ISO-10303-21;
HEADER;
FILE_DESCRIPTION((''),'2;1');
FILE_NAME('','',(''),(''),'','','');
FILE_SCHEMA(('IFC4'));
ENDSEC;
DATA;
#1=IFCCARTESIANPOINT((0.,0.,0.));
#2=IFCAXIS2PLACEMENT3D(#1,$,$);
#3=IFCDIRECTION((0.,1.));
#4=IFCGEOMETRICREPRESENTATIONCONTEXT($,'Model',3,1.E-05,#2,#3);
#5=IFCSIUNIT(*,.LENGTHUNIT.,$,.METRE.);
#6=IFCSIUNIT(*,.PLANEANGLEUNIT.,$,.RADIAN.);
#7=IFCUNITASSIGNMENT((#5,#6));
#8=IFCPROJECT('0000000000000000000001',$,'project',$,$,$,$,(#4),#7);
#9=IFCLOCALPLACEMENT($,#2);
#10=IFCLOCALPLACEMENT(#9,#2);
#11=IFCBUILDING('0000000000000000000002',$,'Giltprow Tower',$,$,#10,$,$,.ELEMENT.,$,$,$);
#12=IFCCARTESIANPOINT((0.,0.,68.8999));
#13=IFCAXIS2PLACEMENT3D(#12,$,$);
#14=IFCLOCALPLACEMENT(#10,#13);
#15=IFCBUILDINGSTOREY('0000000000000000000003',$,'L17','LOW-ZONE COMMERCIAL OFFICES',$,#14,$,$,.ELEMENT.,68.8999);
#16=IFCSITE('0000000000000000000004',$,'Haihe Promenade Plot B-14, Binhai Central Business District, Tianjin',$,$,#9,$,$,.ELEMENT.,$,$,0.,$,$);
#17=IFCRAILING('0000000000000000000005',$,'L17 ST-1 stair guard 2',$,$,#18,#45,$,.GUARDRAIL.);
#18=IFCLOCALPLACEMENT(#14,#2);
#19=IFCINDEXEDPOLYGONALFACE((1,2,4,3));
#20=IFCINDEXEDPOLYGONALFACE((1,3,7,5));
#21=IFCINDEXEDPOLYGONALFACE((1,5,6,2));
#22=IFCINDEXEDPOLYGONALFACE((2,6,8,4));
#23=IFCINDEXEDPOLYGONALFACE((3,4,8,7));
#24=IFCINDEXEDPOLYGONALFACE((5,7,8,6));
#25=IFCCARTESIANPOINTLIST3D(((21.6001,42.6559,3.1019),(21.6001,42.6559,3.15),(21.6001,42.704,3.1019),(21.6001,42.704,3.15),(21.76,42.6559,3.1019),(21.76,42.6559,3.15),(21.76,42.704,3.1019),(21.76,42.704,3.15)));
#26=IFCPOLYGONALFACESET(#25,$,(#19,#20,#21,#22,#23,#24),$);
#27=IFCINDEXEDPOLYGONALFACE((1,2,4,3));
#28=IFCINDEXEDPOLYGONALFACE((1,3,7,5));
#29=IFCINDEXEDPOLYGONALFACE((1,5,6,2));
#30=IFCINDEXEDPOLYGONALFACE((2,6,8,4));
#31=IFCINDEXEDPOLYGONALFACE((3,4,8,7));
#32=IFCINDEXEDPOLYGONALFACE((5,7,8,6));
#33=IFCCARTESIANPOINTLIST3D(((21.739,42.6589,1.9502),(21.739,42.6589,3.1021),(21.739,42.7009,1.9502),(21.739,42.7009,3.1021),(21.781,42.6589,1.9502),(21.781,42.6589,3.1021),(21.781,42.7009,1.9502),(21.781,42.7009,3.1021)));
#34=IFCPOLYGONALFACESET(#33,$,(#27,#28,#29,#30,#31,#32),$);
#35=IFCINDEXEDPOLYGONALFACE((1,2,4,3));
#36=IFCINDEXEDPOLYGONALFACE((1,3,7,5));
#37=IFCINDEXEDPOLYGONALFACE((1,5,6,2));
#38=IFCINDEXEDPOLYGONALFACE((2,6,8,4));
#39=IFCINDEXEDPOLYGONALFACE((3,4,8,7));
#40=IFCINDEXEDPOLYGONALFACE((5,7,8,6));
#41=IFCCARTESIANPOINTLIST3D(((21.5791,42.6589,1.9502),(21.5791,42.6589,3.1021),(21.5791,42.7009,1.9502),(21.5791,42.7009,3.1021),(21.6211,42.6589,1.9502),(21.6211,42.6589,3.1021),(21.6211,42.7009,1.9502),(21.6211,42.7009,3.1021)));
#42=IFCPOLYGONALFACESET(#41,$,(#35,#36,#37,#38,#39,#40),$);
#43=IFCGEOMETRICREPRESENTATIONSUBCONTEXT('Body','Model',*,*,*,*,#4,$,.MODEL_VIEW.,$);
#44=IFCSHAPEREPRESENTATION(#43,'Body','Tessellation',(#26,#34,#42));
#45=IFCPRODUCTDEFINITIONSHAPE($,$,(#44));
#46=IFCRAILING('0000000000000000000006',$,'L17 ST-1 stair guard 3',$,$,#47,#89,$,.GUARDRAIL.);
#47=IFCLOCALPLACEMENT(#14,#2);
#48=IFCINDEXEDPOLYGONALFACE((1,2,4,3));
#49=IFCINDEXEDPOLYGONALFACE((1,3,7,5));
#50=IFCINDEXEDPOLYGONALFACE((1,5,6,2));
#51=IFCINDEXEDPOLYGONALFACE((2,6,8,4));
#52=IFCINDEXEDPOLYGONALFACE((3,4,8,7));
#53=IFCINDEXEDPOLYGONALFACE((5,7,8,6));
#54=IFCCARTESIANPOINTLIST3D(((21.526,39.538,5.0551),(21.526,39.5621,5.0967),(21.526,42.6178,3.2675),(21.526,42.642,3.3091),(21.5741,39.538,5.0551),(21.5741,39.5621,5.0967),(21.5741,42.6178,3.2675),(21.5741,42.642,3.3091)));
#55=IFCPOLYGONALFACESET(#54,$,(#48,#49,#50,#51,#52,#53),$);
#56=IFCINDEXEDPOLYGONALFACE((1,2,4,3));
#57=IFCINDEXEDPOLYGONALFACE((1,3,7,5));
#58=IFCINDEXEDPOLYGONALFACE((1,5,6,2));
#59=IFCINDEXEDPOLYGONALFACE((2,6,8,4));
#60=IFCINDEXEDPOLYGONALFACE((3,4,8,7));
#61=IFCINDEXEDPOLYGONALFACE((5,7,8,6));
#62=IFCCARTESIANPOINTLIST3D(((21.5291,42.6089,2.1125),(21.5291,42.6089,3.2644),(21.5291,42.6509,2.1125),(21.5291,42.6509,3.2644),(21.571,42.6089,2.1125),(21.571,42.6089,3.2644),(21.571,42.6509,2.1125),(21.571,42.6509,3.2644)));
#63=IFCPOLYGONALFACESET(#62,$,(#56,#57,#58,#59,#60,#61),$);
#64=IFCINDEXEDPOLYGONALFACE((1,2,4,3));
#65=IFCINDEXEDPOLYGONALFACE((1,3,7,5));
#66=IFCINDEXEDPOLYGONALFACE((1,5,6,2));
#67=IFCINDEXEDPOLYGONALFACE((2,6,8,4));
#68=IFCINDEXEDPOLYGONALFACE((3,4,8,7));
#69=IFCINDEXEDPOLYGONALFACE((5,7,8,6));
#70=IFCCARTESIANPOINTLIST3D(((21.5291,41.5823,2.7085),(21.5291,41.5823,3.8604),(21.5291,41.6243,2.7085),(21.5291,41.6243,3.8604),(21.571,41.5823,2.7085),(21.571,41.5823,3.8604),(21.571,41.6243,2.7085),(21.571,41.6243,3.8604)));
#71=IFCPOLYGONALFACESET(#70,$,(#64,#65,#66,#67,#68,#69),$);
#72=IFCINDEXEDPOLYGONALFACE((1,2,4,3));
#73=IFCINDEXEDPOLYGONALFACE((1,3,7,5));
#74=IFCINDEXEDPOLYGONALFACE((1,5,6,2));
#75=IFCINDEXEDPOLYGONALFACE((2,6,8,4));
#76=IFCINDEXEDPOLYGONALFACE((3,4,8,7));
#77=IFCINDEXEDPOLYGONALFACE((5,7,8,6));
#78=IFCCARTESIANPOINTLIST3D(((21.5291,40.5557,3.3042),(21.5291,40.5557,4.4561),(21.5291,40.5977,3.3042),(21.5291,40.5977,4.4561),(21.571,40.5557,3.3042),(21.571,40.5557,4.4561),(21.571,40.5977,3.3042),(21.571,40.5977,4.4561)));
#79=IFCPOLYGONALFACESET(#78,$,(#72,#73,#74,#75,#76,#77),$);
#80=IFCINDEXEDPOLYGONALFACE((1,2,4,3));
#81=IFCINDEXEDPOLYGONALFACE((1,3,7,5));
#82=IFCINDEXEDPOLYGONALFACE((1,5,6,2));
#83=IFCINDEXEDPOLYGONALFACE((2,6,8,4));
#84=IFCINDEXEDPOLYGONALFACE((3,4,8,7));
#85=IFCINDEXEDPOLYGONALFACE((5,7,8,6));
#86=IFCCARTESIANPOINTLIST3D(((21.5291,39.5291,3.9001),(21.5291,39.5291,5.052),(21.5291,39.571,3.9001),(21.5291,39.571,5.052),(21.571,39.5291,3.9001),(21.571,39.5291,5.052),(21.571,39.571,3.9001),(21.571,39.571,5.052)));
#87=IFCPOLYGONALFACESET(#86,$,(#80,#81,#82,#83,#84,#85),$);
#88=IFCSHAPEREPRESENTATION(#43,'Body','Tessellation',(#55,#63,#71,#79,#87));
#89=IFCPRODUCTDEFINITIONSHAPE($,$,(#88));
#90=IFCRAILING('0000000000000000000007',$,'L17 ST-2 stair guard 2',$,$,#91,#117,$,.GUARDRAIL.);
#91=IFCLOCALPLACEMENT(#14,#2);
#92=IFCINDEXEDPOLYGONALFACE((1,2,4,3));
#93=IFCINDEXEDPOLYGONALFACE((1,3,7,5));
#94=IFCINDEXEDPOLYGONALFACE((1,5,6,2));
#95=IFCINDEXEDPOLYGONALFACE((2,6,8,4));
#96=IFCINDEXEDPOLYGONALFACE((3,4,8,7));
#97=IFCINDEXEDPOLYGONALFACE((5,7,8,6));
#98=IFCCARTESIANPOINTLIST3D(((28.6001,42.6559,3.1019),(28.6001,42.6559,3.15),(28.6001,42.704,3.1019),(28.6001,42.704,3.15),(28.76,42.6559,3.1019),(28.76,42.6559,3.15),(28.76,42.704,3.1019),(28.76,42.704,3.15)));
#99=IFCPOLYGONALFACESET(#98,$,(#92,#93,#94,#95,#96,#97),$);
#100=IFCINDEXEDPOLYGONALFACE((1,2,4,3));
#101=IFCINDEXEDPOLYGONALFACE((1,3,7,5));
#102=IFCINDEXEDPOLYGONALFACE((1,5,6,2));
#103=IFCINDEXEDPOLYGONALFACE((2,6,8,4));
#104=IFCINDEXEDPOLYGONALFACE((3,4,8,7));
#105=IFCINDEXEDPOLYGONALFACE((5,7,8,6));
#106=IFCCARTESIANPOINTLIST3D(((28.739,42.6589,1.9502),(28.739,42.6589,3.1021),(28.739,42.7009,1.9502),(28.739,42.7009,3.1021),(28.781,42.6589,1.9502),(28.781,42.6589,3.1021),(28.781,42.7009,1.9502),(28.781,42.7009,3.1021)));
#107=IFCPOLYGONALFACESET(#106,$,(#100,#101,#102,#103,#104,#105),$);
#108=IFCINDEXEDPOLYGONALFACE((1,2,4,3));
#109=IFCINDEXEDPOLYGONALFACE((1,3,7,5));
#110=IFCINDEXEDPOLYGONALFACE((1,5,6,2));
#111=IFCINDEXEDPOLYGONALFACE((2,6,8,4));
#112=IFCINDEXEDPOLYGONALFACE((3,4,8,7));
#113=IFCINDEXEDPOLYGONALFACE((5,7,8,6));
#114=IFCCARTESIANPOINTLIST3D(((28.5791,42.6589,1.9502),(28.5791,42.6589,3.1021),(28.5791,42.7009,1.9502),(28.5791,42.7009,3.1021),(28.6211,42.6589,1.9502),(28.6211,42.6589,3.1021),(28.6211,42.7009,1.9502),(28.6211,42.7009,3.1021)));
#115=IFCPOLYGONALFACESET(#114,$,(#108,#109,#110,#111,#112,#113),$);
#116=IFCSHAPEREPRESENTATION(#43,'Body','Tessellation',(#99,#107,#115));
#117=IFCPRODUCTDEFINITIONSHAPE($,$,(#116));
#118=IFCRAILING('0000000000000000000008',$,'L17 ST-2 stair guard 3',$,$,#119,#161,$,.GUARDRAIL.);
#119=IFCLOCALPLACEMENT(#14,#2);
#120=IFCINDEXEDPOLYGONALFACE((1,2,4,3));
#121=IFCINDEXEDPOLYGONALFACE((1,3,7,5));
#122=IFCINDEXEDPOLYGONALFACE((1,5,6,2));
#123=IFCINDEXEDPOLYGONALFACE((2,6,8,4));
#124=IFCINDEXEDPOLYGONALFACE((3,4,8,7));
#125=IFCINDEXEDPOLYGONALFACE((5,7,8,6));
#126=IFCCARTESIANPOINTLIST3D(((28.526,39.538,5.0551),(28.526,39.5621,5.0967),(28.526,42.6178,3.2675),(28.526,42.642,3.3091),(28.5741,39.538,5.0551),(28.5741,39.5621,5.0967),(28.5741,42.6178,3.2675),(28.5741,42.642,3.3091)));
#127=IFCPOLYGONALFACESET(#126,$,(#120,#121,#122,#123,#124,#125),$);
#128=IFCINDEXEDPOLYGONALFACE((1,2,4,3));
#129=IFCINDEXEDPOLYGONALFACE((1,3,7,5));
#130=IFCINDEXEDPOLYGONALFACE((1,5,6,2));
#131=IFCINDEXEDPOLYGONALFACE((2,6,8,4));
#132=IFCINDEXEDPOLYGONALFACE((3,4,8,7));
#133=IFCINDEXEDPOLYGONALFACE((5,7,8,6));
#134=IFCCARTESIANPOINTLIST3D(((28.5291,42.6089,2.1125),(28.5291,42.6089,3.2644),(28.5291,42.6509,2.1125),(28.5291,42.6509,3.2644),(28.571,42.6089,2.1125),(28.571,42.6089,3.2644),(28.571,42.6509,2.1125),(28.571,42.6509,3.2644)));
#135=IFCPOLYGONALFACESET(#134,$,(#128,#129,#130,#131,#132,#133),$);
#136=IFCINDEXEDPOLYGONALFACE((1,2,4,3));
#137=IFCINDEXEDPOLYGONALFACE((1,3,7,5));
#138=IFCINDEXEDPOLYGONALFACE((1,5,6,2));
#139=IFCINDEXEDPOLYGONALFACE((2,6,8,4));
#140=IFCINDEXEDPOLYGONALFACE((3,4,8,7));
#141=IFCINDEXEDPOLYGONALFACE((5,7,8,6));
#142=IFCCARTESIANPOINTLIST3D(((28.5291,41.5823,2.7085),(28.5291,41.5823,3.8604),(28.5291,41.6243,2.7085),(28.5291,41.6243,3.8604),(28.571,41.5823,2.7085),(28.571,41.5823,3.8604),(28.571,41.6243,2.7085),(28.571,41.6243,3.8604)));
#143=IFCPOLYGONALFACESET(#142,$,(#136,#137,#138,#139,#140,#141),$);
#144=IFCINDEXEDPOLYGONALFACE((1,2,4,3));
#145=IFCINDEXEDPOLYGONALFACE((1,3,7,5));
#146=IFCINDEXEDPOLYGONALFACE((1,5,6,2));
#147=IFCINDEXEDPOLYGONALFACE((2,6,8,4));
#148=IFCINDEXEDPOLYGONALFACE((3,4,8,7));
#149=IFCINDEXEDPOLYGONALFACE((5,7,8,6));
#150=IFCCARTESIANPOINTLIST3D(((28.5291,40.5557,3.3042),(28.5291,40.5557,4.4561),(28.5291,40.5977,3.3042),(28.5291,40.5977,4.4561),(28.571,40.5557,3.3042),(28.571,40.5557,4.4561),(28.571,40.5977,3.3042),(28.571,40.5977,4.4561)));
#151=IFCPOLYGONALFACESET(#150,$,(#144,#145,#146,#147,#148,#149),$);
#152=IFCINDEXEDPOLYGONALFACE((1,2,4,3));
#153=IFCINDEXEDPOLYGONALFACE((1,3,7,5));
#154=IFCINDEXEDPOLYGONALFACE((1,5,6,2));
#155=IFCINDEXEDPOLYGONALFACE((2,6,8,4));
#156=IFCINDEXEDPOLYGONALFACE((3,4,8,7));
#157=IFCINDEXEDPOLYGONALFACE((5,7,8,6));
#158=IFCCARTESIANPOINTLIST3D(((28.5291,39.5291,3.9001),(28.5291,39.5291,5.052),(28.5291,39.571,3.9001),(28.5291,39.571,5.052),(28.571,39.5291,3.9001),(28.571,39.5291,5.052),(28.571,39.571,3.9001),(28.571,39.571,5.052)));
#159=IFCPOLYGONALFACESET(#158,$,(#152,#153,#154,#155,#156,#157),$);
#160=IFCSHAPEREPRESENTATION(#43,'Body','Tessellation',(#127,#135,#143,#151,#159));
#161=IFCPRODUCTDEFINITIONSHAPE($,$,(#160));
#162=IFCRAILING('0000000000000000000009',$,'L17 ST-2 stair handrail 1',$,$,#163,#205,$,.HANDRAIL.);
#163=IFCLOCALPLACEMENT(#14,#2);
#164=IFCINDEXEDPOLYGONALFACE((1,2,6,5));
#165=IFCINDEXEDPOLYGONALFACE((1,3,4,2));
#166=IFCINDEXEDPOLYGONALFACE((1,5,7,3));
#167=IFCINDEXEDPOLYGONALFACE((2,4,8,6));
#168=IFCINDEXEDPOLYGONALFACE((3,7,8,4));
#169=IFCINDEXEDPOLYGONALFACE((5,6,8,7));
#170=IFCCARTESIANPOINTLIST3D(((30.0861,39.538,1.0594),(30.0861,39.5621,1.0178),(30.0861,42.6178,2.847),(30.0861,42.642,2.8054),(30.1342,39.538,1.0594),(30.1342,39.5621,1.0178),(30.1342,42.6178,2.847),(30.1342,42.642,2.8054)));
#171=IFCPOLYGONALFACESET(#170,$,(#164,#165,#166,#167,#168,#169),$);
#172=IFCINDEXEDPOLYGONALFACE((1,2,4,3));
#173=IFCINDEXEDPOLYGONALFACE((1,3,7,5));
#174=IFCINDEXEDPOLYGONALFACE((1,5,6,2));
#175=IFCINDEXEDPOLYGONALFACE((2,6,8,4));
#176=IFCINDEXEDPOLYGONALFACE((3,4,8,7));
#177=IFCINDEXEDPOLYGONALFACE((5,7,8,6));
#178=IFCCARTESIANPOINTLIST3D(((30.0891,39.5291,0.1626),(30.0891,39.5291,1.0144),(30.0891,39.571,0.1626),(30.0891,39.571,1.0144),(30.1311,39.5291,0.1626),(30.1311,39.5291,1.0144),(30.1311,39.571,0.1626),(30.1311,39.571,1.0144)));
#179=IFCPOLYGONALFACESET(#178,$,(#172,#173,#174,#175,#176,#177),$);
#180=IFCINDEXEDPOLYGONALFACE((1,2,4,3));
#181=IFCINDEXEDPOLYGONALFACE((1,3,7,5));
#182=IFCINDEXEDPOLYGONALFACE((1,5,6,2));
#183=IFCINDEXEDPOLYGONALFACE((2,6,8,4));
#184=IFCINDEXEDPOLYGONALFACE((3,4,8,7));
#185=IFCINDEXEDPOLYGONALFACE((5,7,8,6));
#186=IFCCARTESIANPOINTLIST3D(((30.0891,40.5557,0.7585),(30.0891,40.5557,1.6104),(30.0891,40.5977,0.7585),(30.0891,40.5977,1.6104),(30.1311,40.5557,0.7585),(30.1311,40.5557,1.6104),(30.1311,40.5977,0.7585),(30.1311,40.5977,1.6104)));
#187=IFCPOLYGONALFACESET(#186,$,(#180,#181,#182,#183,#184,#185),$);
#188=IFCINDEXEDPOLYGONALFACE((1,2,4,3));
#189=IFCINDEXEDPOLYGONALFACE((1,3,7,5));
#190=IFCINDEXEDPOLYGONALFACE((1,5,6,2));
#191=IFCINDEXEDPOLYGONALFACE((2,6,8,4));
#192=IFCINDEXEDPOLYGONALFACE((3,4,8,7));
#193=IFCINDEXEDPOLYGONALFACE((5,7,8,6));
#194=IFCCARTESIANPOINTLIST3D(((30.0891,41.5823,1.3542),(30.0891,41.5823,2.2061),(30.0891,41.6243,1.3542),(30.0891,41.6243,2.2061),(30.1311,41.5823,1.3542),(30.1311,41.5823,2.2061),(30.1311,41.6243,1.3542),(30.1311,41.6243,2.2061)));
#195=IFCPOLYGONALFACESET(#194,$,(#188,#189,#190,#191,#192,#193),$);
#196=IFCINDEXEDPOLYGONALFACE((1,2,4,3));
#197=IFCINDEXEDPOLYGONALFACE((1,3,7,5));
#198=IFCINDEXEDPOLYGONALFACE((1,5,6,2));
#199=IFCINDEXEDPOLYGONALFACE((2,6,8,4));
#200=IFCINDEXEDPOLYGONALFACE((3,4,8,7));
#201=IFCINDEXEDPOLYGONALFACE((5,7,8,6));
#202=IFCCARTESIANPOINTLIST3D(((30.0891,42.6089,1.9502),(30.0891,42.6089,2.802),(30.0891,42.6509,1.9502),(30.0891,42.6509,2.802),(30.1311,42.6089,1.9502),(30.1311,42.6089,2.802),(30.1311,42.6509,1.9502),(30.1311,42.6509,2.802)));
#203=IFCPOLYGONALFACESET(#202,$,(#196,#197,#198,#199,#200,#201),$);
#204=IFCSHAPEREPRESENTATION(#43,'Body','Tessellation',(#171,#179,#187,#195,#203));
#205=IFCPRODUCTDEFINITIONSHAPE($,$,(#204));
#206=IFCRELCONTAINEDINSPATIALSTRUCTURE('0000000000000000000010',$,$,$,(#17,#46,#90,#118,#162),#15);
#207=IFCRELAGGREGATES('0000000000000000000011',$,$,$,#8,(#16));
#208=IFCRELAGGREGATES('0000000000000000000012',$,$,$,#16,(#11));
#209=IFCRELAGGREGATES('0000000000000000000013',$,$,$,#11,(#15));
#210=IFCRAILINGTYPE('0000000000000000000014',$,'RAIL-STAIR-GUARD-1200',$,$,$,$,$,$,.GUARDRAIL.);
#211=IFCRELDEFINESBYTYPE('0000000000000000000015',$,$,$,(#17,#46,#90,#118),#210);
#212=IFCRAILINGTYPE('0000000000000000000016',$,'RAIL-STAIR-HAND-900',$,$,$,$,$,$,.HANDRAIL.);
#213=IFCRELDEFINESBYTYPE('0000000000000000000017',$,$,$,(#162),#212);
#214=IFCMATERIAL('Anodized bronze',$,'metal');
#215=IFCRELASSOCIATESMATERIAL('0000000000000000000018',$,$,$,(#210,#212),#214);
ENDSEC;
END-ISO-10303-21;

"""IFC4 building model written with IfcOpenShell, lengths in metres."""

from ifc_helpers import new_model, si_unit, direction, frame, origin, origin_2d, place, context, subcontext, project, spatial, rectangle, extrude, material, type_object, element, save


model = new_model("IFC4")

# Units and contexts
model_context = context("Model", 3, precision=1e-05, world=origin(), true_north=direction((0.0, 1.0)))
body_context = subcontext(model_context, "Body", "Model", "MODEL_VIEW")
ifc_project = project(units=[si_unit("LENGTHUNIT", "METRE"), si_unit("PLANEANGLEUNIT", "RADIAN")], contexts=[model_context])

# Site, building, storey
site_placement = place(None, origin())
site = spatial("IfcSite", under=ifc_project, at=site_placement, Name="Haihe Promenade Plot B-14, Binhai Central Business District, Tianjin", CompositionType="ELEMENT", RefElevation=0.0)
building_placement = place(site_placement, origin())
building = spatial("IfcBuilding", under=site, at=building_placement, Name="Giltprow Tower", CompositionType="ELEMENT")
storey_placement = place(building_placement, frame((0.0, 0.0, 68.8999)))
storey = spatial("IfcBuildingStorey", under=building, at=storey_placement, Name="L17", Description="LOW-ZONE COMMERCIAL OFFICES", CompositionType="ELEMENT", Elevation=68.8999)

# Railings
ifc_material_1 = material(Name="Anodized bronze", Category="metal")
railing_type_1 = type_object("IfcRailingType", Name="RAIL-STAIR-GUARD-1200", PredefinedType="GUARDRAIL", material=ifc_material_1)
railing_1_placement = place(storey_placement, frame((21.76, 42.6799, 1.9502)))
element("IfcRailing", 1, at=railing_1_placement, inside=storey, type_object=railing_type_1, Name="L17 ST-1 stair guard 2", PredefinedType="GUARDRAIL", context=body_context, shape_type="SweptSolid", body=[
    extrude(rectangle(XDim=0.0481, YDim=0.0481, at=origin_2d()), frame((0.0, 0.0, 1.1758), z_axis=(-1.0, 0.0, 0.0), x_axis=(0.0, -1.0, 0.0)), (0.0, 0.0, 1.0), 0.1599),
    extrude(rectangle(XDim=0.042, YDim=0.042, at=origin_2d()), origin(), (0.0, 0.0, 1.0), 1.1519),
    extrude(rectangle(XDim=0.042, YDim=0.042, at=origin_2d()), frame((-0.1599, 0.0, 0.0)), (0.0, 0.0, 1.0), 1.1519),
])
railing_2_placement = place(storey_placement, frame((21.55, 42.6299, 2.1125)))
element("IfcRailing", 2, at=railing_2_placement, inside=storey, type_object=railing_type_1, Name="L17 ST-1 stair guard 3", PredefinedType="GUARDRAIL", context=body_context, shape_type="SweptSolid", body=[
    extrude(rectangle(XDim=0.0481, YDim=0.0481, at=origin_2d()), frame((0.0, 0.0, 1.1758), z_axis=(0.0, -0.864873, 0.50199), x_axis=(1.0, 0.0, 0.0)), (0.0, 0.0, 1.0), 3.561),
    extrude(rectangle(XDim=0.042, YDim=0.042, at=origin_2d()), origin(), (0.0, 0.0, 1.0), 1.1519),
    extrude(rectangle(XDim=0.042, YDim=0.042, at=origin_2d()), frame((0.0, -1.0266, 0.5959)), (0.0, 0.0, 1.0), 1.1519),
    extrude(rectangle(XDim=0.042, YDim=0.042, at=origin_2d()), frame((0.0, -2.0532, 1.1917)), (0.0, 0.0, 1.0), 1.1519),
    extrude(rectangle(XDim=0.042, YDim=0.042, at=origin_2d()), frame((0.0, -3.0798, 1.7876)), (0.0, 0.0, 1.0), 1.1519),
])
railing_3_placement = place(storey_placement, frame((28.76, 42.6799, 1.9502)))
element("IfcRailing", 3, at=railing_3_placement, inside=storey, type_object=railing_type_1, Name="L17 ST-2 stair guard 2", PredefinedType="GUARDRAIL", context=body_context, shape_type="SweptSolid", body=[
    extrude(rectangle(XDim=0.0481, YDim=0.0481, at=origin_2d()), frame((0.0, 0.0, 1.1758), z_axis=(-1.0, 0.0, 0.0), x_axis=(0.0, -1.0, 0.0)), (0.0, 0.0, 1.0), 0.1599),
    extrude(rectangle(XDim=0.042, YDim=0.042, at=origin_2d()), origin(), (0.0, 0.0, 1.0), 1.1519),
    extrude(rectangle(XDim=0.042, YDim=0.042, at=origin_2d()), frame((-0.1599, 0.0, 0.0)), (0.0, 0.0, 1.0), 1.1519),
])
railing_4_placement = place(storey_placement, frame((28.55, 42.6299, 2.1125)))
element("IfcRailing", 4, at=railing_4_placement, inside=storey, type_object=railing_type_1, Name="L17 ST-2 stair guard 3", PredefinedType="GUARDRAIL", context=body_context, shape_type="SweptSolid", body=[
    extrude(rectangle(XDim=0.0481, YDim=0.0481, at=origin_2d()), frame((0.0, 0.0, 1.1758), z_axis=(0.0, -0.864873, 0.50199), x_axis=(1.0, 0.0, 0.0)), (0.0, 0.0, 1.0), 3.561),
    extrude(rectangle(XDim=0.042, YDim=0.042, at=origin_2d()), origin(), (0.0, 0.0, 1.0), 1.1519),
    extrude(rectangle(XDim=0.042, YDim=0.042, at=origin_2d()), frame((0.0, -1.0266, 0.5959)), (0.0, 0.0, 1.0), 1.1519),
    extrude(rectangle(XDim=0.042, YDim=0.042, at=origin_2d()), frame((0.0, -2.0532, 1.1917)), (0.0, 0.0, 1.0), 1.1519),
    extrude(rectangle(XDim=0.042, YDim=0.042, at=origin_2d()), frame((0.0, -3.0798, 1.7876)), (0.0, 0.0, 1.0), 1.1519),
])
railing_type_2 = type_object("IfcRailingType", Name="RAIL-STAIR-HAND-900", PredefinedType="HANDRAIL", material=ifc_material_1)
railing_5_placement = place(storey_placement, frame((30.1101, 39.55, 0.1626)))
element("IfcRailing", 5, at=railing_5_placement, inside=storey, type_object=railing_type_2, Name="L17 ST-2 stair handrail 1", PredefinedType="HANDRAIL", context=body_context, shape_type="SweptSolid", body=[
    extrude(rectangle(XDim=0.0481, YDim=0.0481, at=origin_2d()), frame((0.0, 0.0, 0.876), z_axis=(0.0, 0.864873, 0.50199), x_axis=(-1.0, 0.0, 0.0)), (0.0, 0.0, 1.0), 3.561),
    extrude(rectangle(XDim=0.042, YDim=0.042, at=origin_2d()), origin(), (0.0, 0.0, 1.0), 0.8518),
    extrude(rectangle(XDim=0.042, YDim=0.042, at=origin_2d()), frame((0.0, 1.0266, 0.5959)), (0.0, 0.0, 1.0), 0.8518),
    extrude(rectangle(XDim=0.042, YDim=0.042, at=origin_2d()), frame((0.0, 2.0532, 1.1917)), (0.0, 0.0, 1.0), 0.8518),
    extrude(rectangle(XDim=0.042, YDim=0.042, at=origin_2d()), frame((0.0, 3.0798, 1.7876)), (0.0, 0.0, 1.0), 0.8518),
])

save(model, "model.ifc")
